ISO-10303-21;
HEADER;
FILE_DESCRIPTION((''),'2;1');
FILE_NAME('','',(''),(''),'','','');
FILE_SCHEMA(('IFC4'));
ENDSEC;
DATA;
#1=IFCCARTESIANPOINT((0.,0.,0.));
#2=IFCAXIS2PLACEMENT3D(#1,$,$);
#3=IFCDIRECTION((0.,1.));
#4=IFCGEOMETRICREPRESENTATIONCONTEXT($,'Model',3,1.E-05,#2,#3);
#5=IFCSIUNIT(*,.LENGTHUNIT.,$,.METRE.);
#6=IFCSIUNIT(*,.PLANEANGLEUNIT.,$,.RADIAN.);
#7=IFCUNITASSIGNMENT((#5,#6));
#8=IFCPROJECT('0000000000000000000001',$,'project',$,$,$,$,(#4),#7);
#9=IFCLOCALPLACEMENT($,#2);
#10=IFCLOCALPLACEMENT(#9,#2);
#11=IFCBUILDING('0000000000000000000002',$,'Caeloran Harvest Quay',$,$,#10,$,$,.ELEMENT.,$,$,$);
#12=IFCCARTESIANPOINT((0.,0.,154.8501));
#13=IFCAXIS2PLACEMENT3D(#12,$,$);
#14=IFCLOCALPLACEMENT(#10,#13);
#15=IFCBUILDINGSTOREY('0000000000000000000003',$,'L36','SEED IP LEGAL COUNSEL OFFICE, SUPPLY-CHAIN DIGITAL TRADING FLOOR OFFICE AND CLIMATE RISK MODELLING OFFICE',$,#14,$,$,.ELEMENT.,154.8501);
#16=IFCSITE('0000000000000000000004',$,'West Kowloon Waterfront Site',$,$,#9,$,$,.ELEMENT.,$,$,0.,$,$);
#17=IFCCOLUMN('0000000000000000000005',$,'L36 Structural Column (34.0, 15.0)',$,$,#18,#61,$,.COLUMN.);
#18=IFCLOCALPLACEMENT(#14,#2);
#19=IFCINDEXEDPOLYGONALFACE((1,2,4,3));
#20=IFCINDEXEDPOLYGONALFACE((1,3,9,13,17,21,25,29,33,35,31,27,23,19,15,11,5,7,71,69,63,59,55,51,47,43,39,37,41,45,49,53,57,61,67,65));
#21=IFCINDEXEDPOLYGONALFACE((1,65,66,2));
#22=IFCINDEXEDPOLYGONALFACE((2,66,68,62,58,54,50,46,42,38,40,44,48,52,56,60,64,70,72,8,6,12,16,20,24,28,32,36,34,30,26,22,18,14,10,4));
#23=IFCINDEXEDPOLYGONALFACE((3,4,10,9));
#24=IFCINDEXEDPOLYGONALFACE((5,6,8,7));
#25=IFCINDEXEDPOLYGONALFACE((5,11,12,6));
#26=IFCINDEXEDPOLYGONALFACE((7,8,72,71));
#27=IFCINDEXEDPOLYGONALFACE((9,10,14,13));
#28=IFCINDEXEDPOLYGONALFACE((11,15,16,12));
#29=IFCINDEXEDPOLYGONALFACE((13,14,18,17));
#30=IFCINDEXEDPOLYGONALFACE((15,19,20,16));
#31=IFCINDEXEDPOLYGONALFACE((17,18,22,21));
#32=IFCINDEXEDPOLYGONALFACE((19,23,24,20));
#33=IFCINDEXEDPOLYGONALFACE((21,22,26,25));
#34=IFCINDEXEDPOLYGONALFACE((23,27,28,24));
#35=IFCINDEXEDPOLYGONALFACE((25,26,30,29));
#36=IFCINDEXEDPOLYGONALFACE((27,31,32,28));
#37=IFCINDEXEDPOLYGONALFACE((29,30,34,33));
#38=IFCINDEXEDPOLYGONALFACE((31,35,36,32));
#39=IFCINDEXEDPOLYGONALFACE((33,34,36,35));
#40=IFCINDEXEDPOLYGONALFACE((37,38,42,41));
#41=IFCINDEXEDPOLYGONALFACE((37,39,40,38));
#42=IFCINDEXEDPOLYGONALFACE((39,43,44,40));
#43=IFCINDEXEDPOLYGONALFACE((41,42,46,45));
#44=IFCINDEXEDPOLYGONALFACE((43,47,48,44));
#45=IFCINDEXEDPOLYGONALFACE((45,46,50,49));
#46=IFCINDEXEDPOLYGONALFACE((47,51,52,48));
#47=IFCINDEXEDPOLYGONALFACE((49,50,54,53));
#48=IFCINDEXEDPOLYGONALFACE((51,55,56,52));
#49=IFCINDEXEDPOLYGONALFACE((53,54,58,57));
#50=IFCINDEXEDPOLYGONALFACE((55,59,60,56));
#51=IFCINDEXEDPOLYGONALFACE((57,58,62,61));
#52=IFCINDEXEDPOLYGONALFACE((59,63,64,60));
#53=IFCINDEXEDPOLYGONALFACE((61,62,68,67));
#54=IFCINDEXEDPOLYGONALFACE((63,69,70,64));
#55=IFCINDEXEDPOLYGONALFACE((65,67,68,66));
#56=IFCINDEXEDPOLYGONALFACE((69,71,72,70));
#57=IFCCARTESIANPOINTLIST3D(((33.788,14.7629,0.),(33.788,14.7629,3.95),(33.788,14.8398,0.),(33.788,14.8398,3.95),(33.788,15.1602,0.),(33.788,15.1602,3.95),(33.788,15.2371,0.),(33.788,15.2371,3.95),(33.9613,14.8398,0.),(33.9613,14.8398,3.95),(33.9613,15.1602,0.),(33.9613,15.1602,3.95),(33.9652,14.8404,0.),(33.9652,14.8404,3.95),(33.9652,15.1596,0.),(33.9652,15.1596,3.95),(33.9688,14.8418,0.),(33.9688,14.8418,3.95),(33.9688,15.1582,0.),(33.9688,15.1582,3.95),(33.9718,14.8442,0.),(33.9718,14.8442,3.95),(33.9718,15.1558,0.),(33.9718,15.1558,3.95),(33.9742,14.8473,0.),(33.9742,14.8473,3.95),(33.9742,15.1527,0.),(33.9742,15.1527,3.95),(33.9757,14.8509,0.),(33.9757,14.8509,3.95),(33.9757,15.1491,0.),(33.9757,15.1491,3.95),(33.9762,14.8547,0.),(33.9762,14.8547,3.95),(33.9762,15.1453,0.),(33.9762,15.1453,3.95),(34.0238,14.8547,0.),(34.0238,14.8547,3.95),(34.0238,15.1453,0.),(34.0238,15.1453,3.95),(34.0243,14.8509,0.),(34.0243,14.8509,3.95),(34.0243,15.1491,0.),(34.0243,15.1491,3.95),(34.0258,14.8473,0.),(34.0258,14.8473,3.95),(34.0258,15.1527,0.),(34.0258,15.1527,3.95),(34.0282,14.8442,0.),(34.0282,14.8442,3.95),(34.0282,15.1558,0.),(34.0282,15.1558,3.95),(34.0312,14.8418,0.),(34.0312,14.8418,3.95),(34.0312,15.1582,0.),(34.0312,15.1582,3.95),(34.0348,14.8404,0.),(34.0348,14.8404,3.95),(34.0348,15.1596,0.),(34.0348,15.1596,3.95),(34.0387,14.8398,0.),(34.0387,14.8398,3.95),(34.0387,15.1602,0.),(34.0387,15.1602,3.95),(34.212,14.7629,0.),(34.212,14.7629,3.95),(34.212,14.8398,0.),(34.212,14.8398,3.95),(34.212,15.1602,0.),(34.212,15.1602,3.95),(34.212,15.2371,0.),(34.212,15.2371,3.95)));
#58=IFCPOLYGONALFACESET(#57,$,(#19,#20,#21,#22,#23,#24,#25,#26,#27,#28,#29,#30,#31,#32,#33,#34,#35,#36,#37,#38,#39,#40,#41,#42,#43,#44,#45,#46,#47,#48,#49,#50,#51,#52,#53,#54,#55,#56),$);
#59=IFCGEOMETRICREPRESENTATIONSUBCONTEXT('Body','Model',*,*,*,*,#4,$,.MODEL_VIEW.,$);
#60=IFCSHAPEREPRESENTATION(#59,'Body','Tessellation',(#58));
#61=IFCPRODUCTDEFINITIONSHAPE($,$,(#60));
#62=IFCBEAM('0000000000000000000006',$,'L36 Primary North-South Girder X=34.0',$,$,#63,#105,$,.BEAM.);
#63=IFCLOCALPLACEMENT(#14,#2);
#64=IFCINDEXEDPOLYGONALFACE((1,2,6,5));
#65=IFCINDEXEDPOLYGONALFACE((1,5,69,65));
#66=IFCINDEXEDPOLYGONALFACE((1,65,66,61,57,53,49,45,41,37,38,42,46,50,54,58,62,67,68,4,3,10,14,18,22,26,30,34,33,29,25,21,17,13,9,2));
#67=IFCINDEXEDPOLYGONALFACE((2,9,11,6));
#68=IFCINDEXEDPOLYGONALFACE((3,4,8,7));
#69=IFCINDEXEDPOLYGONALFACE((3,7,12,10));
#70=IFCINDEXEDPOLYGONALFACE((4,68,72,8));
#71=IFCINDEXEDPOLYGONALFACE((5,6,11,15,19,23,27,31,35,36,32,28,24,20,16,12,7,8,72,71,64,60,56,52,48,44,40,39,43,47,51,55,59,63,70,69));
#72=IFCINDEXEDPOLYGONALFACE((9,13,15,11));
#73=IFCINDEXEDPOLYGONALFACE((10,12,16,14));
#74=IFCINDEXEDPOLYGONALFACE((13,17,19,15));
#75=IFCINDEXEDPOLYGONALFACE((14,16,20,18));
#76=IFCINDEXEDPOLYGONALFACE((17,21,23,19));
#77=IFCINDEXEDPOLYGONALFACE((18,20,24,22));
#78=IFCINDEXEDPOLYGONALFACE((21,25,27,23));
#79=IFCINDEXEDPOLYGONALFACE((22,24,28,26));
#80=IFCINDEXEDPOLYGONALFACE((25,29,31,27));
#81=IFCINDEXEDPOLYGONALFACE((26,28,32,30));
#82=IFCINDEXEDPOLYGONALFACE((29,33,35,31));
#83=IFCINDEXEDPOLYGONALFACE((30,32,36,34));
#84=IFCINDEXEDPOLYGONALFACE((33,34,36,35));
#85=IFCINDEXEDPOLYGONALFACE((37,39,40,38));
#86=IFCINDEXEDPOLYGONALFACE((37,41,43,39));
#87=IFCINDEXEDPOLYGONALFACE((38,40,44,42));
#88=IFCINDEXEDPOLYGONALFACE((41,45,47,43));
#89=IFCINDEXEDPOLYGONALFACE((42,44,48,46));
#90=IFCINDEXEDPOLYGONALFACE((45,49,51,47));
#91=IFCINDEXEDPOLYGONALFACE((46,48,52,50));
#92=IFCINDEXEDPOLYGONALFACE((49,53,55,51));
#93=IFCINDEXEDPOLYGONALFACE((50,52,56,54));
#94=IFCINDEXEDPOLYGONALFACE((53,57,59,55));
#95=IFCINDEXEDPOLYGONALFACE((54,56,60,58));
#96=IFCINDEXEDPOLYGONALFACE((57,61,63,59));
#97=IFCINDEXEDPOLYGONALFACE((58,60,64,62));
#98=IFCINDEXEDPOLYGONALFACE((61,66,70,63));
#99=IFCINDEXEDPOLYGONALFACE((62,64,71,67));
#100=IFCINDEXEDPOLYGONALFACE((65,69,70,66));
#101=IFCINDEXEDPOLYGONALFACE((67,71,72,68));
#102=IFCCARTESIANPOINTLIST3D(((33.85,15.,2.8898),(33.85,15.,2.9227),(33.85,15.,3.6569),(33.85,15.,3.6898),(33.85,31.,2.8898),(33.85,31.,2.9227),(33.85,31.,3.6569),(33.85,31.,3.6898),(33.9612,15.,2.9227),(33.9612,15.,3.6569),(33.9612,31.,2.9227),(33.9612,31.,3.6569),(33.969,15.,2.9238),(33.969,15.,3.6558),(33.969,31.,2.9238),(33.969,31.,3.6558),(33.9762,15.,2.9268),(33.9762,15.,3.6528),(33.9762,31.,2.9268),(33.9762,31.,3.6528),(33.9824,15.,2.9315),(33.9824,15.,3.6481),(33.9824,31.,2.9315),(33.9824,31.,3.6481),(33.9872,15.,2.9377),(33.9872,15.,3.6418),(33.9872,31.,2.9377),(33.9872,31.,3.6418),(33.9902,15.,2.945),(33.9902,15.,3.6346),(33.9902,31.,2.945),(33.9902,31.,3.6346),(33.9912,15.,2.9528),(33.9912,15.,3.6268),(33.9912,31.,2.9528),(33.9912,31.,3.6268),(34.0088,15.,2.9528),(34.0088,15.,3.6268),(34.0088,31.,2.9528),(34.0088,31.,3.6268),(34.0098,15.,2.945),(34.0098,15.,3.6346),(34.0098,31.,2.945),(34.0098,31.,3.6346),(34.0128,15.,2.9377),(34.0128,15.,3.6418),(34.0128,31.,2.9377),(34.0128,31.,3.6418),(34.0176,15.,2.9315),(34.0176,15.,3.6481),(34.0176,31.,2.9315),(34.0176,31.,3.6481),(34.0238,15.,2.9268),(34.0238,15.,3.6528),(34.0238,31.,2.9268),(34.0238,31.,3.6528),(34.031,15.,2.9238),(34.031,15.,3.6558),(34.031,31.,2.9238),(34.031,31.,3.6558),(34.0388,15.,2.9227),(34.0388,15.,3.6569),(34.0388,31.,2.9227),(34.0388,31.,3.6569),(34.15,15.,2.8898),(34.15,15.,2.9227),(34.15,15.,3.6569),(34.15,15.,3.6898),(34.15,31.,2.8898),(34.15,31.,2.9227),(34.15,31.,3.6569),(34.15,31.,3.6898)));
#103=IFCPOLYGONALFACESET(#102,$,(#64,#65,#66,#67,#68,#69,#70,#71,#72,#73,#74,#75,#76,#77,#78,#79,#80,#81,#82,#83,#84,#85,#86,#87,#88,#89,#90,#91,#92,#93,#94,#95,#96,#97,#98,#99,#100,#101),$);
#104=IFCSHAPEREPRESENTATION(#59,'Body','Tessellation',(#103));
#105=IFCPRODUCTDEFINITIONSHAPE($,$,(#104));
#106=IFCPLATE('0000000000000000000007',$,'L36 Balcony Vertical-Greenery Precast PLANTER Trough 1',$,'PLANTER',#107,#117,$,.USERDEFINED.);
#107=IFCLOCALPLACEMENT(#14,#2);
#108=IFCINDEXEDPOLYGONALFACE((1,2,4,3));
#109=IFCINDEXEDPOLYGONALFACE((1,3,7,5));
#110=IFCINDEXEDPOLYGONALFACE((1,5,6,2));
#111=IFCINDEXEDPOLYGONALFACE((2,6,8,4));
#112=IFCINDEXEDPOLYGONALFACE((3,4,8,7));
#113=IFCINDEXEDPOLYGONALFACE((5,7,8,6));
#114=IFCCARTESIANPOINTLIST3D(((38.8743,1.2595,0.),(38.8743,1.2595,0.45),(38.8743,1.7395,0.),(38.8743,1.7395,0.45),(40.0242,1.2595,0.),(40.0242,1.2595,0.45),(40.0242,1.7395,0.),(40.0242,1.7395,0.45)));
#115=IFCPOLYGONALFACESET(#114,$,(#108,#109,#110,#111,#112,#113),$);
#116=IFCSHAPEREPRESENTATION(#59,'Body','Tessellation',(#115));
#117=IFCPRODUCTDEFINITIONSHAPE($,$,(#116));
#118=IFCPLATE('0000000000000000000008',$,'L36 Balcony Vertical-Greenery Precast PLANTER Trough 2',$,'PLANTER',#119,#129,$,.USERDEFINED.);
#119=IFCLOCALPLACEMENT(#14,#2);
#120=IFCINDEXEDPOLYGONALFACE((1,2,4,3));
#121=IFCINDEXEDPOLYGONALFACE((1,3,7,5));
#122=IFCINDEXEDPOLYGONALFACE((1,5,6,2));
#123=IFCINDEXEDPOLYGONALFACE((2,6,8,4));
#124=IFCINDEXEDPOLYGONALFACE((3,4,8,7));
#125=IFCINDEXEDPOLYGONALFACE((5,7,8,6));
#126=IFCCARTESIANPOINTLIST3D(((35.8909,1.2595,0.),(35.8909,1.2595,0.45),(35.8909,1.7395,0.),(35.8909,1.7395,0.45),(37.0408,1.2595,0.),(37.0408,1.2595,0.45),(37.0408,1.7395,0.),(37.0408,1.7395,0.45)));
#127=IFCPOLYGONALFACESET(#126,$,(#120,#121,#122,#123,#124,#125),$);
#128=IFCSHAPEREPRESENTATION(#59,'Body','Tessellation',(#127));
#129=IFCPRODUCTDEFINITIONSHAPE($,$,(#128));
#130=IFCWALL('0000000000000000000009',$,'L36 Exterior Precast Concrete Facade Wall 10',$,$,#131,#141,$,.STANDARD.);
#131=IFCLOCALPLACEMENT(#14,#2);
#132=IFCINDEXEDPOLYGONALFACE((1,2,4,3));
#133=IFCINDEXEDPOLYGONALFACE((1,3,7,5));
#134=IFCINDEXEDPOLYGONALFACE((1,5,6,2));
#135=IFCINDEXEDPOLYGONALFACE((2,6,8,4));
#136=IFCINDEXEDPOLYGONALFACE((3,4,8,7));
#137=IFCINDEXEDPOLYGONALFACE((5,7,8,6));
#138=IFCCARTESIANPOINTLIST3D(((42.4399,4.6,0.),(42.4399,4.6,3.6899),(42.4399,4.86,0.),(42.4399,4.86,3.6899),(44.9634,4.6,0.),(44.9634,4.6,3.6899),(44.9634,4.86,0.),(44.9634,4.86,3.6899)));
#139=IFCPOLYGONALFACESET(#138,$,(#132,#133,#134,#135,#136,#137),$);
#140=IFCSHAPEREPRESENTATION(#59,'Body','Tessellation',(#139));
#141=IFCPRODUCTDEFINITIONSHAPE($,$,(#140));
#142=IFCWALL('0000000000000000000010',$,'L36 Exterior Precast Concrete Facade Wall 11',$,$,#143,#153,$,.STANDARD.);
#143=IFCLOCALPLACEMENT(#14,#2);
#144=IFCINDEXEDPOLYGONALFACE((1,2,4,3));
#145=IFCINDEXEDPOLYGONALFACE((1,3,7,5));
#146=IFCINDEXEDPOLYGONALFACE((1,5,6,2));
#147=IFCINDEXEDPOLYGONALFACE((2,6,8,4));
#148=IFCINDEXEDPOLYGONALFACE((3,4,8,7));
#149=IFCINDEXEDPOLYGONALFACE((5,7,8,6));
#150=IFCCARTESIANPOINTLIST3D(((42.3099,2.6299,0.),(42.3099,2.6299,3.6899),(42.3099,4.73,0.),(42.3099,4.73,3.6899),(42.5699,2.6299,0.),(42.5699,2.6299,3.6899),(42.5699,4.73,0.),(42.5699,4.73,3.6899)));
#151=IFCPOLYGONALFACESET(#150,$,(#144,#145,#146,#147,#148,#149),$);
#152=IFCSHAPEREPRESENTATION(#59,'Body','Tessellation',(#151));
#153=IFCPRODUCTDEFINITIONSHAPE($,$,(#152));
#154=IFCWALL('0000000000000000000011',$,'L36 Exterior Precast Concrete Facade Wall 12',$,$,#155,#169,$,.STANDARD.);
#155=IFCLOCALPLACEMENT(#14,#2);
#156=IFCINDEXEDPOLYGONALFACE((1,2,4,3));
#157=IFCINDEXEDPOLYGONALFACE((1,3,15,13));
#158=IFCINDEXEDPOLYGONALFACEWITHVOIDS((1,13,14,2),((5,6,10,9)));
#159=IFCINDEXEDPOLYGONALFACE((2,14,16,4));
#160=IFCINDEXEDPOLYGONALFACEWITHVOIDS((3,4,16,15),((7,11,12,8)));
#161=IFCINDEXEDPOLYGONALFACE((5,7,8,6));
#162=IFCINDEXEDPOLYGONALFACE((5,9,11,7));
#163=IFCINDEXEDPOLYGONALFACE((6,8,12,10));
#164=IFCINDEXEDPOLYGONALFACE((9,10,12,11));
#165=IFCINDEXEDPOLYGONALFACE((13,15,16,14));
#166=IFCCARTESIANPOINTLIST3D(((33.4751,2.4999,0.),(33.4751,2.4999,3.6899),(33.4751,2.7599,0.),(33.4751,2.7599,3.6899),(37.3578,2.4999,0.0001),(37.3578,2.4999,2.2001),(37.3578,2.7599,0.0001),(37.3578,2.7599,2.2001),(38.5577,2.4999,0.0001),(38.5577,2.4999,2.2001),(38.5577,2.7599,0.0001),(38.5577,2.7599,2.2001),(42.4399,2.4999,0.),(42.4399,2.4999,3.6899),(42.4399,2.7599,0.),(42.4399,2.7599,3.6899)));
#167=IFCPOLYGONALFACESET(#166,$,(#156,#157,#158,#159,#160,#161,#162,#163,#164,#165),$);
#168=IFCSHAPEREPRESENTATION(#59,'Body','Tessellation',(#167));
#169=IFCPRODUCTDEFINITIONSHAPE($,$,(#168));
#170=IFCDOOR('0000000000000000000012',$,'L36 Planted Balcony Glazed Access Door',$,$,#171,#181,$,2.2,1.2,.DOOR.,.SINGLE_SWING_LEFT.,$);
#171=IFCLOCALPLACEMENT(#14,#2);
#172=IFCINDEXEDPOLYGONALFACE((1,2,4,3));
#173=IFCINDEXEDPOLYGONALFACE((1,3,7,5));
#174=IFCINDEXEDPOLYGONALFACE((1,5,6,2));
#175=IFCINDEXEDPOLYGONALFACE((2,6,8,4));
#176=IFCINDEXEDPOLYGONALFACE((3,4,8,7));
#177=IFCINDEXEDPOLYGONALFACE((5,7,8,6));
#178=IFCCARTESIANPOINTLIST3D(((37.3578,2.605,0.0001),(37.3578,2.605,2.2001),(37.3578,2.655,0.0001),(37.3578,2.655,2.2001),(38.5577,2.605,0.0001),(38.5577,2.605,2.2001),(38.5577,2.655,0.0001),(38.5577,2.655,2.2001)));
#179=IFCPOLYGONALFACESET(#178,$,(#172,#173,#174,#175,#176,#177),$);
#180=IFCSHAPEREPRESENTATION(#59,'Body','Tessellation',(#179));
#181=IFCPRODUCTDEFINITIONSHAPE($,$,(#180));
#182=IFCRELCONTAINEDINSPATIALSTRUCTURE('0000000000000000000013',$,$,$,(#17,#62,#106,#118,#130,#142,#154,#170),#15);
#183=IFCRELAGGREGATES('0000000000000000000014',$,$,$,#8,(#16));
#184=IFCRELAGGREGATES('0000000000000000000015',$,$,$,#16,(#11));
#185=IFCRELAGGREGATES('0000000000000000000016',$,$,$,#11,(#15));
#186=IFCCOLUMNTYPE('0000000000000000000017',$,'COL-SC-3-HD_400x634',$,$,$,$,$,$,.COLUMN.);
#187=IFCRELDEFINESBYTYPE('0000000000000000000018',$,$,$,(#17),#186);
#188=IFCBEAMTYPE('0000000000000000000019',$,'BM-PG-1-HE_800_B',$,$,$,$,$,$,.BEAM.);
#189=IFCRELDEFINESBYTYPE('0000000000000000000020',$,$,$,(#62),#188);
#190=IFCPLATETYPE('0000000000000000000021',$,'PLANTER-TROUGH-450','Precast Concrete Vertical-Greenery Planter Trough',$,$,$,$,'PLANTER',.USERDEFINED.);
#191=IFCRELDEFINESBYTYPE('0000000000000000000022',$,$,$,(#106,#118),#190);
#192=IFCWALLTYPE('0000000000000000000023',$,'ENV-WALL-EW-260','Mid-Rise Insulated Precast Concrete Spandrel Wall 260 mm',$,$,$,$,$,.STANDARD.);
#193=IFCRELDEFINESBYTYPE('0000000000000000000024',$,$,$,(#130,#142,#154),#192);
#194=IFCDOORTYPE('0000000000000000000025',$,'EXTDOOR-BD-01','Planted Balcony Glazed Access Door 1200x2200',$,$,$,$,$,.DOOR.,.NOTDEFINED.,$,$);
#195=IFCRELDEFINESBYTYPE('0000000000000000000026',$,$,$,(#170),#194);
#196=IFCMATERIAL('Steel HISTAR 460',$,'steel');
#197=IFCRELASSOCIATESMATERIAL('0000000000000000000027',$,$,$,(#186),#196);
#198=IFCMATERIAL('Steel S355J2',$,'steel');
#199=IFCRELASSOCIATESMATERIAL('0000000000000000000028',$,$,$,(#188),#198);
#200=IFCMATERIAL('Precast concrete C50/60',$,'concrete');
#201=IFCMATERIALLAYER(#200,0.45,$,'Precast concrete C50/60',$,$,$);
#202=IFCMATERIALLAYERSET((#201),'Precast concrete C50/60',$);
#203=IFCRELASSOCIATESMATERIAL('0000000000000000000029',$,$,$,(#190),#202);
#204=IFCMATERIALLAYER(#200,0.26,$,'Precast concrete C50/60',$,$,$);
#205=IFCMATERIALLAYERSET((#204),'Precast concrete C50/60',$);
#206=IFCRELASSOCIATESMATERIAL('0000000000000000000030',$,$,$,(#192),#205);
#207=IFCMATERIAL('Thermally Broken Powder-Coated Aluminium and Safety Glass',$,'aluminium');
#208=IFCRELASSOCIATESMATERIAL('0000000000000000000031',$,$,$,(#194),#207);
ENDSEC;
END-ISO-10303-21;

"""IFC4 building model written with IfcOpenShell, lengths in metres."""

from ifc_helpers import new_model, si_unit, direction, frame, frame_2d, origin, origin_2d, place, context, subcontext, project, spatial, rectangle, i_section, extrude, material, layer, layer_set, material_profile, profile_set, type_object, element, fill, save


model = new_model("IFC4")

# Units and contexts
model_context = context("Model", 3, precision=1e-05, world=origin(), true_north=direction((0.0, 1.0)))
body_context = subcontext(model_context, "Body", "Model", "MODEL_VIEW")
ifc_project = project(units=[si_unit("LENGTHUNIT", "METRE"), si_unit("PLANEANGLEUNIT", "RADIAN")], contexts=[model_context])

# Site, building, storey
site_placement = place(None, origin())
site = spatial("IfcSite", under=ifc_project, at=site_placement, Name="West Kowloon Waterfront Site", CompositionType="ELEMENT", RefElevation=0.0)
building_placement = place(site_placement, origin())
building = spatial("IfcBuilding", under=site, at=building_placement, Name="Caeloran Harvest Quay", CompositionType="ELEMENT")
storey_placement = place(building_placement, frame((0.0, 0.0, 154.8501)))
storey = spatial("IfcBuildingStorey", under=building, at=storey_placement, Name="L36", Description="SEED IP LEGAL COUNSEL OFFICE, SUPPLY-CHAIN DIGITAL TRADING FLOOR OFFICE AND CLIMATE RISK MODELLING OFFICE", CompositionType="ELEMENT", Elevation=154.8501)

# Column
ifc_material_1 = material(Name="Steel HISTAR 460", Category="steel")
ifc_material_profile_1 = material_profile(ifc_material_1, i_section(OverallWidth=0.4241, OverallDepth=0.4741, WebThickness=0.0476, FlangeThickness=0.0769, FilletRadius=0.0149, at=origin_2d()), Name="HD 400x634")
ifc_profile_set_1 = profile_set([ifc_material_profile_1], Name="Steel HISTAR 460")
column_type = type_object("IfcColumnType", Name="COL-SC-3-HD_400x634", PredefinedType="COLUMN", material=ifc_profile_set_1)
column_placement = place(storey_placement, frame((34.0, 15.0, 0.0), z_axis=(0.0, 0.0, 1.0), x_axis=(1.0, 0.0, 0.0)))
element("IfcColumn", 1, at=column_placement, inside=storey, type_object=column_type, Name="L36 Structural Column (34.0, 15.0)", PredefinedType="COLUMN", context=body_context, shape_type="SweptSolid", body=[
    extrude(i_section(OverallWidth=0.4241, OverallDepth=0.4741, WebThickness=0.0476, FlangeThickness=0.0769, FilletRadius=0.0149, at=origin_2d()), origin(), (0.0, 0.0, 1.0), 3.95),
])

# Beam
ifc_material_2 = material(Name="Steel S355J2", Category="steel")
ifc_material_profile_2 = material_profile(ifc_material_2, i_section(OverallWidth=0.3, OverallDepth=0.8, WebThickness=0.0176, FlangeThickness=0.033, FilletRadius=0.03, at=origin_2d()), Name="HE 800 B")
ifc_profile_set_2 = profile_set([ifc_material_profile_2], Name="Steel S355J2")
beam_type = type_object("IfcBeamType", Name="BM-PG-1-HE_800_B", PredefinedType="BEAM", material=ifc_profile_set_2)
beam_placement = place(storey_placement, frame((34.0, 15.0, 3.2898), z_axis=(0.0, 1.0, 0.0), x_axis=(-1.0, 0.0, 0.0)))
element("IfcBeam", 2, at=beam_placement, inside=storey, type_object=beam_type, Name="L36 Primary North-South Girder X=34.0", PredefinedType="BEAM", context=body_context, shape_type="SweptSolid", body=[
    extrude(i_section(OverallWidth=0.3, OverallDepth=0.8, WebThickness=0.0176, FlangeThickness=0.033, FilletRadius=0.03, at=origin_2d()), origin(), (0.0, 0.0, 1.0), 16.0),
])

# Plates
ifc_material_3 = material(Name="Precast concrete C50/60", Category="concrete")
ifc_layer_1 = layer(ifc_material_3, 0.45, Name="Precast concrete C50/60")
ifc_layer_set_1 = layer_set([ifc_layer_1], Name="Precast concrete C50/60")
plate_type = type_object("IfcPlateType", Name="PLANTER-TROUGH-450", Description="Precast Concrete Vertical-Greenery Planter Trough", ElementType="PLANTER", PredefinedType="USERDEFINED", material=ifc_layer_set_1)
for number, where, z_axis, x_axis, name in (
    (3, (39.4492, 1.4995, 0.0), (0.0, 0.0, 1.0), (1.0, 0.0, 0.0), "L36 Balcony Vertical-Greenery Precast PLANTER Trough 1"),
    (4, (36.4658, 1.4995, 0.0), (0.0, 0.0, 1.0), (1.0, 0.0, 0.0), "L36 Balcony Vertical-Greenery Precast PLANTER Trough 2"),
):
    element("IfcPlate", number, at=place(storey_placement, frame(where, z_axis=z_axis, x_axis=x_axis)), inside=storey, type_object=plate_type, Name=name, ObjectType="PLANTER", PredefinedType="USERDEFINED", context=body_context, shape_type="SweptSolid", body=[
        extrude(rectangle(XDim=1.1499, YDim=0.48, at=origin_2d()), origin(), (0.0, 0.0, 1.0), 0.45),
    ])

# Walls
ifc_layer_2 = layer(ifc_material_3, 0.26, Name="Precast concrete C50/60")
ifc_layer_set_2 = layer_set([ifc_layer_2], Name="Precast concrete C50/60")
wall_type_1 = type_object("IfcWallType", Name="ENV-WALL-EW-260", Description="Mid-Rise Insulated Precast Concrete Spandrel Wall 260 mm", PredefinedType="STANDARD", material=ifc_layer_set_2)
wall_1_placement = place(storey_placement, frame((44.9634, 4.73, 0.0), z_axis=(0.0, 0.0, 1.0), x_axis=(-1.0, 0.0, 0.0)))
element("IfcWall", 5, at=wall_1_placement, inside=storey, type_object=wall_type_1, Name="L36 Exterior Precast Concrete Facade Wall 10", PredefinedType="STANDARD", context=body_context, shape_type="SweptSolid", body=[
    extrude(rectangle(XDim=2.5234, YDim=0.26, at=frame_2d((1.2617, 0.0))), origin(), (0.0, 0.0, 1.0), 3.6899),
])
wall_2_placement = place(storey_placement, frame((42.4399, 4.73, 0.0), z_axis=(0.0, 0.0, 1.0), x_axis=(0.0, -1.0, 0.0)))
element("IfcWall", 6, at=wall_2_placement, inside=storey, type_object=wall_type_1, Name="L36 Exterior Precast Concrete Facade Wall 11", PredefinedType="STANDARD", context=body_context, shape_type="SweptSolid", body=[
    extrude(rectangle(XDim=2.1001, YDim=0.26, at=frame_2d((1.05, 0.0))), origin(), (0.0, 0.0, 1.0), 3.6899),
])

# Wall, opening, door
wall_3_placement = place(storey_placement, frame((42.4399, 2.6299, 0.0), z_axis=(0.0, 0.0, 1.0), x_axis=(-1.0, 0.0, 0.0)))
wall_3 = element("IfcWall", 7, at=wall_3_placement, inside=storey, type_object=wall_type_1, Name="L36 Exterior Precast Concrete Facade Wall 12", PredefinedType="STANDARD", context=body_context, shape_type="SweptSolid", body=[
    extrude(rectangle(XDim=8.9648, YDim=0.26, at=frame_2d((4.4824, 0.0))), origin(), (0.0, 0.0, 1.0), 3.6899),
])
opening_placement = place(wall_3_placement, frame((3.8821, 0.0, 0.0)))
opening = element("IfcOpeningElement", 8, at=opening_placement, cuts=wall_3, PredefinedType="OPENING", context=body_context, shape_type="SweptSolid", body=[
    extrude(rectangle(XDim=1.2, YDim=2.2, at=frame_2d((0.6001, 1.1001))), frame((0.0, 0.1401, 0.0), z_axis=(0.0, -1.0, 0.0), x_axis=(1.0, 0.0, 0.0)), (0.0, 0.0, 1.0), 0.28),
])
ifc_material_4 = material(Name="Thermally Broken Powder-Coated Aluminium and Safety Glass", Category="aluminium")
door_type = type_object("IfcDoorType", Name="EXTDOOR-BD-01", Description="Planted Balcony Glazed Access Door 1200x2200", OperationType="NOTDEFINED", PredefinedType="DOOR", material=ifc_material_4)
door_placement = place(opening_placement, origin())
door = element("IfcDoor", 9, at=door_placement, inside=storey, type_object=door_type, Name="L36 Planted Balcony Glazed Access Door", OperationType="SINGLE_SWING_LEFT", OverallHeight=2.2, OverallWidth=1.2, PredefinedType="DOOR", context=body_context, shape_type="SweptSolid", body=[
    extrude(rectangle(XDim=1.2, YDim=2.2, at=frame_2d((0.6001, 1.1001))), frame((0.0, 0.0249, 0.0), z_axis=(0.0, -1.0, 0.0), x_axis=(1.0, 0.0, 0.0)), (0.0, 0.0, 1.0), 0.05),
])
fill(opening, door)

save(model, "model.ifc")
